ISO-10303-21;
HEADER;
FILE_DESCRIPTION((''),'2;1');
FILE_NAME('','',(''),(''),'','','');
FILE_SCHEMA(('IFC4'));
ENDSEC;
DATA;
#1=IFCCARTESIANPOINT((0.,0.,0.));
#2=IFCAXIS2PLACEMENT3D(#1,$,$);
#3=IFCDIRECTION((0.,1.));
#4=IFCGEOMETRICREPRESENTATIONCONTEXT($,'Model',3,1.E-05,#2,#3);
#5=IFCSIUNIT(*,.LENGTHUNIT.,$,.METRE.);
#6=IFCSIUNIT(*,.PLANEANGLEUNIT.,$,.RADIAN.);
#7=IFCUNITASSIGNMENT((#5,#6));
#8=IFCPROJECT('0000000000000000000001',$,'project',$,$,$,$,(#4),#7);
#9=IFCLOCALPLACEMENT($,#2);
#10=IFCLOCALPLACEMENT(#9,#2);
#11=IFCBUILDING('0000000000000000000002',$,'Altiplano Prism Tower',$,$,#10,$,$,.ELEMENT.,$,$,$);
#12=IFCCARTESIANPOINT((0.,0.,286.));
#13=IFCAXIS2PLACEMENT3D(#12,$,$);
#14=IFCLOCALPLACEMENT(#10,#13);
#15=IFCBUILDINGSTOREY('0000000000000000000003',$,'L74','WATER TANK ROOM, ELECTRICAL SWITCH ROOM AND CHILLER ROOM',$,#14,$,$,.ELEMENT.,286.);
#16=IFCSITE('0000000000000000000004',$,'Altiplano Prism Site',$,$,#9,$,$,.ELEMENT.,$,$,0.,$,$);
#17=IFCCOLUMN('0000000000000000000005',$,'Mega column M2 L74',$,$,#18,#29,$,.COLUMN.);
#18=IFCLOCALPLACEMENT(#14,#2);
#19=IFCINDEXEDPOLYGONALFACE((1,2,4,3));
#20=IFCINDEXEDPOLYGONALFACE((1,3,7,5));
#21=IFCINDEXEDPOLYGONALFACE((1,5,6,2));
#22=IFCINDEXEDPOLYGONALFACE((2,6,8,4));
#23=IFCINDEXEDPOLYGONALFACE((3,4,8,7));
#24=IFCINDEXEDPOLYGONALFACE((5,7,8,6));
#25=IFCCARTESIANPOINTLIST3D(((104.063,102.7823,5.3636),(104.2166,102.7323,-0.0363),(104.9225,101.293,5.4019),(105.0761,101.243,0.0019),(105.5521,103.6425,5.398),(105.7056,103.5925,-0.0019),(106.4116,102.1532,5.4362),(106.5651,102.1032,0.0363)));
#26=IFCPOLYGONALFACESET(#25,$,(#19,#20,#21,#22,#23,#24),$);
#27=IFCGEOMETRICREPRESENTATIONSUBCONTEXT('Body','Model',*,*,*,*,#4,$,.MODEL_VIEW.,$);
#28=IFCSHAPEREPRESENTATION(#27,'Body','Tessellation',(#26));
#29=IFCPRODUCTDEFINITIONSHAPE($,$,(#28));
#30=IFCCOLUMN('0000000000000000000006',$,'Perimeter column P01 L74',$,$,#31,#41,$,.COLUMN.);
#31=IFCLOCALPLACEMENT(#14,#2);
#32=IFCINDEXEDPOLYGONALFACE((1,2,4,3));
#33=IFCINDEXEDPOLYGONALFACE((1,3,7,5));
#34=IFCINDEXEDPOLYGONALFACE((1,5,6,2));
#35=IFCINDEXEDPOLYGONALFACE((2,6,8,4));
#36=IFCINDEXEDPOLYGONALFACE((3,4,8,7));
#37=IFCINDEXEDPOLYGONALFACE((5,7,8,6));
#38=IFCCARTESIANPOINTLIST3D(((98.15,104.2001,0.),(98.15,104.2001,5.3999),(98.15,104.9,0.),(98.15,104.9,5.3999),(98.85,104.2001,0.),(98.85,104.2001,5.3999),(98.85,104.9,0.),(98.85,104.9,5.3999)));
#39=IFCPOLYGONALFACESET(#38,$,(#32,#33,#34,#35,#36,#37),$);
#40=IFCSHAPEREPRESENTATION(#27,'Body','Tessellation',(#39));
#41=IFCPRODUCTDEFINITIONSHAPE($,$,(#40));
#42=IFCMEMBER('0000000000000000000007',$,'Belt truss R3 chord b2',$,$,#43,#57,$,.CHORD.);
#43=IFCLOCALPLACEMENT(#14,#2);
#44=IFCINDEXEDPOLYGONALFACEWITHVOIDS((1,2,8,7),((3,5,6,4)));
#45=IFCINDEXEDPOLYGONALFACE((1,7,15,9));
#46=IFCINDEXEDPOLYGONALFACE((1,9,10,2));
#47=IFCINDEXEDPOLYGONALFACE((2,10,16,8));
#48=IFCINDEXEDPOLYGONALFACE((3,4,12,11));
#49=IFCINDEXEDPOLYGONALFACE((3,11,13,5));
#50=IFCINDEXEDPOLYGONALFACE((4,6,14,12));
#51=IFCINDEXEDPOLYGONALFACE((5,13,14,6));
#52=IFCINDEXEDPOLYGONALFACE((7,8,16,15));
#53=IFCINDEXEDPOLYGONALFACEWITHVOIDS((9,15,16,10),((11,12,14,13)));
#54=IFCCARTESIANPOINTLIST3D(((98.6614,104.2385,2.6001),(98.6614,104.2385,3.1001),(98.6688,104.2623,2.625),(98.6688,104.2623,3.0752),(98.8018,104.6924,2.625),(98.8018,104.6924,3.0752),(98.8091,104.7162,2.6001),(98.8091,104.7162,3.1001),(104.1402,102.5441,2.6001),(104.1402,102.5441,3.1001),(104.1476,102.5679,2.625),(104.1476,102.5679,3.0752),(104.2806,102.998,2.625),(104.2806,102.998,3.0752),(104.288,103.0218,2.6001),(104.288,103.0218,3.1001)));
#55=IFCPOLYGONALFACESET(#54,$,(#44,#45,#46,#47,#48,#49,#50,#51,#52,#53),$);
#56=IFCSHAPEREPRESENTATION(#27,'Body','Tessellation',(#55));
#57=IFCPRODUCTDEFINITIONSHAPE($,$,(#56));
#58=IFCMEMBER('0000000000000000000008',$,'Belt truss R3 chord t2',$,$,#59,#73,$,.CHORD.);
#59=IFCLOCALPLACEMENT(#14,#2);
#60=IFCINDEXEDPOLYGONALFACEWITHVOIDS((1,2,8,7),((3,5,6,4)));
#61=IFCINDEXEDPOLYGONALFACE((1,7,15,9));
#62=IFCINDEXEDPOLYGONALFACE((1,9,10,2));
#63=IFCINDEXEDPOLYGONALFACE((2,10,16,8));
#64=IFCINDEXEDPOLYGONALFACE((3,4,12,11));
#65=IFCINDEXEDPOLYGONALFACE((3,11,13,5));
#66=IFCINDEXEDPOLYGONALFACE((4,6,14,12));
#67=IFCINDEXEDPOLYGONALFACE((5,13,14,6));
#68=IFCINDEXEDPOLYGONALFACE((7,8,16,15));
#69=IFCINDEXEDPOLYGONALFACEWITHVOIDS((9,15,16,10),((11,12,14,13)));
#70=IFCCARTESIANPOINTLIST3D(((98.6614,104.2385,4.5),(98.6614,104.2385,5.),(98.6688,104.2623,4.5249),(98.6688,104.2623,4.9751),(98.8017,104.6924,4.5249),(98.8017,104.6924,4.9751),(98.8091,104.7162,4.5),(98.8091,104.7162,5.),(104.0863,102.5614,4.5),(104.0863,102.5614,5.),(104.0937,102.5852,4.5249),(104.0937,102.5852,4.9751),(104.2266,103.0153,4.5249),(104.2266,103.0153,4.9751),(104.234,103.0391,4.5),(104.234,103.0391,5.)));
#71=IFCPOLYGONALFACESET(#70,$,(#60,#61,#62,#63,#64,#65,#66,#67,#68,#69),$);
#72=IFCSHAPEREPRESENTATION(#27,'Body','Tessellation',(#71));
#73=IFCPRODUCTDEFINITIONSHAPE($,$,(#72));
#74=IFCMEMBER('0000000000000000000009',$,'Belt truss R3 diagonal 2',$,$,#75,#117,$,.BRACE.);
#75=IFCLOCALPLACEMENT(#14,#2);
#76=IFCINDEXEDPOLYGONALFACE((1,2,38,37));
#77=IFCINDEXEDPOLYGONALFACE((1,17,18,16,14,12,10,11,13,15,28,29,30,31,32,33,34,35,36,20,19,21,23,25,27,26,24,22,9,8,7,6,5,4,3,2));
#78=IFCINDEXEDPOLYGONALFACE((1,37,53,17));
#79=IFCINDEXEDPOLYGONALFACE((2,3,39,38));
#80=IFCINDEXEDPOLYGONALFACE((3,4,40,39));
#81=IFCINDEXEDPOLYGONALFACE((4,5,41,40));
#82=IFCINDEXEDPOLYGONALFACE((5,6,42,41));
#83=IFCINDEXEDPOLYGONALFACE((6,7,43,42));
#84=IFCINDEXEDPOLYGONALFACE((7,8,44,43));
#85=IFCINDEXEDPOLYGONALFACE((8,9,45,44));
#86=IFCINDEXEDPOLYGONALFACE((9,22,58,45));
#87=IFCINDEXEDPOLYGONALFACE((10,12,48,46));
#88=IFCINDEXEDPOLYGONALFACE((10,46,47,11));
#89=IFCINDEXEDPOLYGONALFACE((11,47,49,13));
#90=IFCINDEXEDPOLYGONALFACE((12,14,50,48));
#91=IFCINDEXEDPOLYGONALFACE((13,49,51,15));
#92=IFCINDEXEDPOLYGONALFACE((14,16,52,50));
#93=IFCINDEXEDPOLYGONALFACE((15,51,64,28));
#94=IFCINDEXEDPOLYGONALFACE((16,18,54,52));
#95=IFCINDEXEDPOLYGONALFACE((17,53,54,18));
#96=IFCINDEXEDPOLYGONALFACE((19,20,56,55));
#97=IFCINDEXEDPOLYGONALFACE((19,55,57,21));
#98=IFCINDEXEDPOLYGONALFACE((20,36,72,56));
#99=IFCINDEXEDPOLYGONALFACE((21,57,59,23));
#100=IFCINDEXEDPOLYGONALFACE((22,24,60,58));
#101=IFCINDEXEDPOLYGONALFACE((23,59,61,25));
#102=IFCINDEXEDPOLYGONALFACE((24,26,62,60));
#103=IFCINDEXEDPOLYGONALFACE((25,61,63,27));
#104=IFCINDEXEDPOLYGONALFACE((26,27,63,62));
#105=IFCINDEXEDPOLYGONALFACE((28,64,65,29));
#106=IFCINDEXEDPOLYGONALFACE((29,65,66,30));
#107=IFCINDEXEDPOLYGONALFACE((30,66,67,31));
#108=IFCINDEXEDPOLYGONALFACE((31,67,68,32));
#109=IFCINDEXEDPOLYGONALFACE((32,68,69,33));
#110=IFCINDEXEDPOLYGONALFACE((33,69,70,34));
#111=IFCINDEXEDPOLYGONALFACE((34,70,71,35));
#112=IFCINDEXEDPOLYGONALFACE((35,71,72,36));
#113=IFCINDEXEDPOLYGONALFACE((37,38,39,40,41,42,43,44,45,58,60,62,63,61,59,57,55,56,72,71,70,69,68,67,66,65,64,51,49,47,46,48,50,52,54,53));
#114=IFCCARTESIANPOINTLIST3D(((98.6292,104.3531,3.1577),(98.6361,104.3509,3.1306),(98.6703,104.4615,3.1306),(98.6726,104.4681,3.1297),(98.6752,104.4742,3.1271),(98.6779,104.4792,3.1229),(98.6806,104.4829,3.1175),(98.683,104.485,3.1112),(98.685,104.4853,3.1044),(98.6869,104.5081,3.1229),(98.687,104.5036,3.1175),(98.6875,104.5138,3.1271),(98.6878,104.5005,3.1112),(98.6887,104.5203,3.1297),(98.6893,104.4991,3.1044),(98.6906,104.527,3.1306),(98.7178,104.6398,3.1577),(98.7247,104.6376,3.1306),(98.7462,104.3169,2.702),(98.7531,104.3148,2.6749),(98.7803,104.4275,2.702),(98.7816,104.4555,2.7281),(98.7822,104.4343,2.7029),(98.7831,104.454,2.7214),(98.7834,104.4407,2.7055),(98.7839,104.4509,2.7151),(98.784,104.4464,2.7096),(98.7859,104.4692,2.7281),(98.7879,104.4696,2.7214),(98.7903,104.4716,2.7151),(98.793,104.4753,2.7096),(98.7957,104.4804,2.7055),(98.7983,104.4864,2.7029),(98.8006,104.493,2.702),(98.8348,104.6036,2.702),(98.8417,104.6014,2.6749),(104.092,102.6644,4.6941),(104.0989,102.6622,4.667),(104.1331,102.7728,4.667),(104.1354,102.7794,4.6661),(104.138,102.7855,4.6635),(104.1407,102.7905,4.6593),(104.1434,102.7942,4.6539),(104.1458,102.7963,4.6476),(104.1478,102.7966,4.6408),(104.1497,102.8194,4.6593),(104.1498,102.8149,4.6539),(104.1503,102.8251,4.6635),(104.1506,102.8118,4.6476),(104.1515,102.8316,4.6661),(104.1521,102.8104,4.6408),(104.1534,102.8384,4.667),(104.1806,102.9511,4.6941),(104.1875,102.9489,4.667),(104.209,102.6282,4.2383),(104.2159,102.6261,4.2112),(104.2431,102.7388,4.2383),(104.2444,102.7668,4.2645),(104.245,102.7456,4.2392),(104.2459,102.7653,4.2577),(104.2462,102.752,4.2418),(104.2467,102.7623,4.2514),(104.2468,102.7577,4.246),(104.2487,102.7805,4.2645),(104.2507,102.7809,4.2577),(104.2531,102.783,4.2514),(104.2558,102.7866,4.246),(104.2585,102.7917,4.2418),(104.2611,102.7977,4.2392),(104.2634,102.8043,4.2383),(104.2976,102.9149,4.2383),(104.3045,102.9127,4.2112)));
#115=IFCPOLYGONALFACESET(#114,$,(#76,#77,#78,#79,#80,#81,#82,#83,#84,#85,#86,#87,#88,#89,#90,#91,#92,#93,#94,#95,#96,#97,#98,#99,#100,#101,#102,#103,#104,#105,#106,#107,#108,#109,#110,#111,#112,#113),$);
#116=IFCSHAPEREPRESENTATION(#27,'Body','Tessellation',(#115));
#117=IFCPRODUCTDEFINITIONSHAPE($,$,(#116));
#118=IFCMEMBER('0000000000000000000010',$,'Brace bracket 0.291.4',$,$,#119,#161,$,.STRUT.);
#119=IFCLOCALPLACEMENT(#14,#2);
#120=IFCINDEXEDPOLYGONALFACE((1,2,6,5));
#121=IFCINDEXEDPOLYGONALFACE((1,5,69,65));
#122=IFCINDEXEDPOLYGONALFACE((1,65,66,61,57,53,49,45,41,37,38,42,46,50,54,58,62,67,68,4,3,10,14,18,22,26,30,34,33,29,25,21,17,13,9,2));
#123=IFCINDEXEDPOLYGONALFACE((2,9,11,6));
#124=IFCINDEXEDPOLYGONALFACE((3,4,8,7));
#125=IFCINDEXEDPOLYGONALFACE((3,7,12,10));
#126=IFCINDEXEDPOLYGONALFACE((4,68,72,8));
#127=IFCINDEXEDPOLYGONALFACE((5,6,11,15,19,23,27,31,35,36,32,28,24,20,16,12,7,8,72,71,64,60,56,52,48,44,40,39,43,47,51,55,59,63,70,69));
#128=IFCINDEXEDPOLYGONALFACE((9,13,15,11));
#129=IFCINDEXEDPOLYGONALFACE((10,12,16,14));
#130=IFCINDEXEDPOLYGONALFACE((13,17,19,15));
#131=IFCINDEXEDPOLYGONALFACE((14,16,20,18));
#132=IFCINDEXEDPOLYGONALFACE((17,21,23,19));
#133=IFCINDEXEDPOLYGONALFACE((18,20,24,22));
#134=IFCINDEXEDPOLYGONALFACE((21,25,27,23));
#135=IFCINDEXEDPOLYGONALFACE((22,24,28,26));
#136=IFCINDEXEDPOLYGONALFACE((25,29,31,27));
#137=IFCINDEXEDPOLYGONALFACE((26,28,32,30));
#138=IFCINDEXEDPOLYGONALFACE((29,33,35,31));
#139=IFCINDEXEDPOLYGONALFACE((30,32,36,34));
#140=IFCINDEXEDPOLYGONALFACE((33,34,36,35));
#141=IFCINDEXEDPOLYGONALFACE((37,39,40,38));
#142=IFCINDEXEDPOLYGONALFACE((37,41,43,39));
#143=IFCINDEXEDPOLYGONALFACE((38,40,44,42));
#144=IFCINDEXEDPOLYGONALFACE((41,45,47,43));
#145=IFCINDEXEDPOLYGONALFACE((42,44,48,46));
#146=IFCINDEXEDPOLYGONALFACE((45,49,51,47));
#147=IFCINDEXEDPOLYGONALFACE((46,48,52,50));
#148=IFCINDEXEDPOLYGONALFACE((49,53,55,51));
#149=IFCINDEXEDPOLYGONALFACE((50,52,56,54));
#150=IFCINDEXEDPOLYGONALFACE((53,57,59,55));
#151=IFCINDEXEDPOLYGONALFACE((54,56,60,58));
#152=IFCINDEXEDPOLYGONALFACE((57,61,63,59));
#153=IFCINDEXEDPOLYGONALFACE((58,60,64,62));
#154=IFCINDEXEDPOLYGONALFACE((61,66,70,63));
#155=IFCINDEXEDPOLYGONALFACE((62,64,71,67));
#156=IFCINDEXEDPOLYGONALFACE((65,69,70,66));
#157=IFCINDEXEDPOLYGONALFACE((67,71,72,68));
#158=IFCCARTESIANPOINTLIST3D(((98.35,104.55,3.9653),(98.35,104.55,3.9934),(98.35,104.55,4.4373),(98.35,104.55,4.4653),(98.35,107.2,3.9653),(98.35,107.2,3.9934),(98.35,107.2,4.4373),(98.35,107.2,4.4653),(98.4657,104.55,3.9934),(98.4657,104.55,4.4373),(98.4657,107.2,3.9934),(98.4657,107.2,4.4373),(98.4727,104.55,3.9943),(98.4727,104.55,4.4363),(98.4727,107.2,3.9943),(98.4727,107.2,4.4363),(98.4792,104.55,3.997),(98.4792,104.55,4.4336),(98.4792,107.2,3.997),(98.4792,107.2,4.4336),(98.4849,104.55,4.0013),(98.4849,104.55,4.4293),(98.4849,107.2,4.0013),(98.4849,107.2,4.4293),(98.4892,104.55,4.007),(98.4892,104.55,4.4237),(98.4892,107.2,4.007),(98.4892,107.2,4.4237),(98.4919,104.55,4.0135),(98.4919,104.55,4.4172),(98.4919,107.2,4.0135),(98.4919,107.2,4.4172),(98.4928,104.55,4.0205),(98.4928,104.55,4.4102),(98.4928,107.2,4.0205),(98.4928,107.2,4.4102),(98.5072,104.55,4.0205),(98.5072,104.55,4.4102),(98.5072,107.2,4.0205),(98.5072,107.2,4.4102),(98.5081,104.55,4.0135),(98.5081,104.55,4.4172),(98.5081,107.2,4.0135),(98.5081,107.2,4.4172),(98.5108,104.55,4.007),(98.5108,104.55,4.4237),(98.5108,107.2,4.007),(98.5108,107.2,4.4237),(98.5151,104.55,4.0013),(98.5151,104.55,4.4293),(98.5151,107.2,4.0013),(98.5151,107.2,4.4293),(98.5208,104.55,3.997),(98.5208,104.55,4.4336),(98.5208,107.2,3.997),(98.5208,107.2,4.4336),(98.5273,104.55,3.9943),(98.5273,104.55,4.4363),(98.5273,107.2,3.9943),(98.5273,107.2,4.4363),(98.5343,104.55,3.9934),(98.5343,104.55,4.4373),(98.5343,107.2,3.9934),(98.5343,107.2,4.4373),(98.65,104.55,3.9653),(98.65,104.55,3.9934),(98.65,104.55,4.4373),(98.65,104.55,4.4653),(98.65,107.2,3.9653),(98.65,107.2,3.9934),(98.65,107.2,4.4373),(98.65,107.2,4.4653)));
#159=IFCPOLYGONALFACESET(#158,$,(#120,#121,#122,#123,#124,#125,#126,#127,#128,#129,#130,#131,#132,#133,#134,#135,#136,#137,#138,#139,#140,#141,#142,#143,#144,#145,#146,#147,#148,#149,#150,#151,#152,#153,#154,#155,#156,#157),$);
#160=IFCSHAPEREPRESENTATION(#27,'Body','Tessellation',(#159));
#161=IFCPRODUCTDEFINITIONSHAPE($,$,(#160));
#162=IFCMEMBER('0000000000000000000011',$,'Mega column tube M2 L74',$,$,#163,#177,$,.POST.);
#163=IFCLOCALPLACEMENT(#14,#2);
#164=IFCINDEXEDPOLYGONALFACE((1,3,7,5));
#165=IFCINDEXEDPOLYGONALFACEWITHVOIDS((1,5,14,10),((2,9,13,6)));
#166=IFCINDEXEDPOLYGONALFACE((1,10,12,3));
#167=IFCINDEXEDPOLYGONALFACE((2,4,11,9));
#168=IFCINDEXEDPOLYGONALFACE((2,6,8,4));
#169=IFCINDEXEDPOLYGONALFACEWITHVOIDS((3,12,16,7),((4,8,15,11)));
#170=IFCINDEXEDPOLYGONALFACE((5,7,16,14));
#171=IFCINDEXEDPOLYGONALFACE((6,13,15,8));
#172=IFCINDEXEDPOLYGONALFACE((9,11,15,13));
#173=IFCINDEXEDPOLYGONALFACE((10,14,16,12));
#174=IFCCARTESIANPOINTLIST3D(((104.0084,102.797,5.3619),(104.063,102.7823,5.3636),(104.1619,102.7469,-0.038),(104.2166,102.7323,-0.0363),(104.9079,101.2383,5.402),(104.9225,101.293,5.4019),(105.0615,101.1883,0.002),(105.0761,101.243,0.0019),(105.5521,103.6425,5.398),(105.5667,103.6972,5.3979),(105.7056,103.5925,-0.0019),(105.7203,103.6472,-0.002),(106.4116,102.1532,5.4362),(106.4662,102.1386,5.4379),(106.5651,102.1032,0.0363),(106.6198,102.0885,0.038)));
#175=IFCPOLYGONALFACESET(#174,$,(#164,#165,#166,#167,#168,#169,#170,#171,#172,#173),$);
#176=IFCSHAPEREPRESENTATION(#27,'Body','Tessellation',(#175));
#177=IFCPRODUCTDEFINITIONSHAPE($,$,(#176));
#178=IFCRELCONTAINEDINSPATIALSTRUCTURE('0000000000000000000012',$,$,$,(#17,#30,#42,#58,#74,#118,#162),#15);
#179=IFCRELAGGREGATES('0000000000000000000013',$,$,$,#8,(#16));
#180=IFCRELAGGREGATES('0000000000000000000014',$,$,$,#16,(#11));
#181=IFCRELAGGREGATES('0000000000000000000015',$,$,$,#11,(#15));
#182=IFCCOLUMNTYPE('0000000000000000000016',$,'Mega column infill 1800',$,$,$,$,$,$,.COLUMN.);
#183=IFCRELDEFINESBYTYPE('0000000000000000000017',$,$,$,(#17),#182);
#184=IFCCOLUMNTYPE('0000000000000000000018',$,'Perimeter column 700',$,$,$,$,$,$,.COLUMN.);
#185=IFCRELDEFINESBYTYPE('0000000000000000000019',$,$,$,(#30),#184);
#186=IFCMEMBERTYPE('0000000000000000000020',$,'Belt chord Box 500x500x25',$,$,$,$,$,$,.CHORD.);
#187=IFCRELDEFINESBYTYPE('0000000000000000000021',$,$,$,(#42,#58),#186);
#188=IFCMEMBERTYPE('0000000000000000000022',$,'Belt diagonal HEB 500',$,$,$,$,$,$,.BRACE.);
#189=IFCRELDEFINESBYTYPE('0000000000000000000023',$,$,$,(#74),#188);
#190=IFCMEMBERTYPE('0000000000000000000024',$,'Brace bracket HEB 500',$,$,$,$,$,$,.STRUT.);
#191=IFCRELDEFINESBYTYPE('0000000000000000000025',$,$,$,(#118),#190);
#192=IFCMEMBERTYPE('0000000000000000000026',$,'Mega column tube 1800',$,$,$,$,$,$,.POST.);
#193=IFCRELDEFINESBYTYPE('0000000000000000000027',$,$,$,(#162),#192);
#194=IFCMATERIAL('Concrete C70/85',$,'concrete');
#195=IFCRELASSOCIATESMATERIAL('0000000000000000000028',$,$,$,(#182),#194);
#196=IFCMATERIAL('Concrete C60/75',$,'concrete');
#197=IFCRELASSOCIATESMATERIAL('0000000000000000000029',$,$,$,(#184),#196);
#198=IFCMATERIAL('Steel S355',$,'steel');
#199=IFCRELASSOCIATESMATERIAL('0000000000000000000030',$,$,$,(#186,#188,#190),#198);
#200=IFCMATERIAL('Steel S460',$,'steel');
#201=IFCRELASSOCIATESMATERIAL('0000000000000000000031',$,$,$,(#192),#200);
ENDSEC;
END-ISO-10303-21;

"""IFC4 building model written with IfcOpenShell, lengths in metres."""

from ifc_helpers import new_model, si_unit, direction, frame, origin, origin_2d, place, context, subcontext, project, spatial, rectangle, hollow_rectangle, i_section, extrude, material, material_profile, profile_set, type_object, element, save


model = new_model("IFC4")

# Units and contexts
model_context = context("Model", 3, precision=1e-05, world=origin(), true_north=direction((0.0, 1.0)))
body_context = subcontext(model_context, "Body", "Model", "MODEL_VIEW")
ifc_project = project(units=[si_unit("LENGTHUNIT", "METRE"), si_unit("PLANEANGLEUNIT", "RADIAN")], contexts=[model_context])

# Site, building, storey
site_placement = place(None, origin())
site = spatial("IfcSite", under=ifc_project, at=site_placement, Name="Altiplano Prism Site", CompositionType="ELEMENT", RefElevation=0.0)
building_placement = place(site_placement, origin())
building = spatial("IfcBuilding", under=site, at=building_placement, Name="Altiplano Prism Tower", CompositionType="ELEMENT")
storey_placement = place(building_placement, frame((0.0, 0.0, 286.0)))
storey = spatial("IfcBuildingStorey", under=building, at=storey_placement, Name="L74", Description="WATER TANK ROOM, ELECTRICAL SWITCH ROOM AND CHILLER ROOM", CompositionType="ELEMENT", Elevation=286.0)

# Columns
ifc_material_1 = material(Name="Concrete C70/85", Category="concrete")
ifc_material_profile_1 = material_profile(ifc_material_1, rectangle(XDim=1.72, YDim=1.72, at=origin_2d()), Name="Mega column infill 1800")
ifc_profile_set_1 = profile_set([ifc_material_profile_1], Name="Concrete C70/85")
column_type_1 = type_object("IfcColumnType", Name="Mega column infill 1800", PredefinedType="COLUMN", material=ifc_profile_set_1)
column_1_placement = place(storey_placement, frame((105.3909, 102.4177, 0.0), z_axis=(-0.028426, 0.009264, 0.999553), x_axis=(0.499716, -0.865904, 0.022237)))
element("IfcColumn", 1, at=column_1_placement, inside=storey, type_object=column_type_1, Name="Mega column M2 L74", PredefinedType="COLUMN", context=body_context, shape_type="SweptSolid", body=[
    extrude(rectangle(XDim=1.72, YDim=1.72, at=origin_2d()), origin(), (0.0, 0.0, 1.0), 5.4023),
])
ifc_material_2 = material(Name="Concrete C60/75", Category="concrete")
ifc_material_profile_2 = material_profile(ifc_material_2, rectangle(XDim=0.7, YDim=0.7, at=origin_2d()), Name="Perimeter column 700")
ifc_profile_set_2 = profile_set([ifc_material_profile_2], Name="Concrete C60/75")
column_type_2 = type_object("IfcColumnType", Name="Perimeter column 700", PredefinedType="COLUMN", material=ifc_profile_set_2)
column_2_placement = place(storey_placement, frame((98.5, 104.55, 0.0), z_axis=(0.0, 0.0, 1.0), x_axis=(1.0, 0.0, 0.0)))
element("IfcColumn", 2, at=column_2_placement, inside=storey, type_object=column_type_2, Name="Perimeter column P01 L74", PredefinedType="COLUMN", context=body_context, shape_type="SweptSolid", body=[
    extrude(rectangle(XDim=0.7, YDim=0.7, at=origin_2d()), origin(), (0.0, 0.0, 1.0), 5.3999),
])

# Members
ifc_material_3 = material(Name="Steel S355", Category="steel")
ifc_material_profile_3 = material_profile(ifc_material_3, hollow_rectangle(XDim=0.5, YDim=0.5, WallThickness=0.0249, at=origin_2d()), Name="Belt chord Box 500x500x25")
ifc_profile_set_3 = profile_set([ifc_material_profile_3], Name="Steel S355")
member_type_1 = type_object("IfcMemberType", Name="Belt chord Box 500x500x25", PredefinedType="CHORD", material=ifc_profile_set_3)
member_1_placement = place(storey_placement, frame((104.2141, 102.783, 2.8501), z_axis=(-0.955358, 0.29545, 0.0), x_axis=(-0.29545, -0.955358, 0.0)))
element("IfcMember", 3, at=member_1_placement, inside=storey, type_object=member_type_1, Name="Belt truss R3 chord b2", PredefinedType="CHORD", context=body_context, shape_type="SweptSolid", body=[
    extrude(hollow_rectangle(XDim=0.5, YDim=0.5, WallThickness=0.0249, at=origin_2d()), origin(), (0.0, 0.0, 1.0), 5.7349),
])
member_2_placement = place(storey_placement, frame((104.1602, 102.8003, 4.75), z_axis=(-0.955391, 0.295346, 0.0), x_axis=(-0.295346, -0.955391, 0.0)))
element("IfcMember", 4, at=member_2_placement, inside=storey, type_object=member_type_1, Name="Belt truss R3 chord t2", PredefinedType="CHORD", context=body_context, shape_type="SweptSolid", body=[
    extrude(hollow_rectangle(XDim=0.5, YDim=0.5, WallThickness=0.0249, at=origin_2d()), origin(), (0.0, 0.0, 1.0), 5.6782),
])
ifc_material_profile_4 = material_profile(ifc_material_3, i_section(OverallWidth=0.3, OverallDepth=0.5, WebThickness=0.0144, FlangeThickness=0.0281, FilletRadius=0.0271, at=origin_2d()), Name="Belt diagonal HEB 500")
ifc_profile_set_4 = profile_set([ifc_material_profile_4], Name="Steel S355")
member_type_2 = type_object("IfcMemberType", Name="Belt diagonal HEB 500", PredefinedType="BRACE", material=ifc_profile_set_4)
member_3_placement = place(storey_placement, frame((104.1982, 102.7886, 4.4526), z_axis=(-0.922667, 0.28522, -0.25949), x_axis=(-0.295337, -0.955393, 0.0)))
element("IfcMember", 5, at=member_3_placement, inside=storey, type_object=member_type_2, Name="Belt truss R3 diagonal 2", PredefinedType="BRACE", context=body_context, shape_type="SweptSolid", body=[
    extrude(i_section(OverallWidth=0.3, OverallDepth=0.5, WebThickness=0.0144, FlangeThickness=0.0281, FilletRadius=0.0271, at=origin_2d()), origin(), (0.0, 0.0, 1.0), 5.9207),
])
ifc_material_profile_5 = material_profile(ifc_material_3, i_section(OverallWidth=0.3, OverallDepth=0.5, WebThickness=0.0144, FlangeThickness=0.0281, FilletRadius=0.0271, at=origin_2d()), Name="Brace bracket HEB 500")
ifc_profile_set_5 = profile_set([ifc_material_profile_5], Name="Steel S355")
member_type_3 = type_object("IfcMemberType", Name="Brace bracket HEB 500", PredefinedType="STRUT", material=ifc_profile_set_5)
member_4_placement = place(storey_placement, frame((98.5, 104.55, 4.2153), z_axis=(0.0, 1.0, 0.0), x_axis=(-1.0, 0.0, 0.0)))
element("IfcMember", 6, at=member_4_placement, inside=storey, type_object=member_type_3, Name="Brace bracket 0.291.4", PredefinedType="STRUT", context=body_context, shape_type="SweptSolid", body=[
    extrude(i_section(OverallWidth=0.3, OverallDepth=0.5, WebThickness=0.0144, FlangeThickness=0.0281, FilletRadius=0.0271, at=origin_2d()), origin(), (0.0, 0.0, 1.0), 2.6499),
])
ifc_material_4 = material(Name="Steel S460", Category="steel")
ifc_material_profile_6 = material_profile(ifc_material_4, hollow_rectangle(XDim=1.8, YDim=1.8, WallThickness=0.04, at=origin_2d()), Name="Mega column tube 1800")
ifc_profile_set_6 = profile_set([ifc_material_profile_6], Name="Steel S460")
member_type_4 = type_object("IfcMemberType", Name="Mega column tube 1800", PredefinedType="POST", material=ifc_profile_set_6)
member_5_placement = place(storey_placement, frame((105.3909, 102.4177, 0.0), z_axis=(-0.028426, 0.009264, 0.999553), x_axis=(0.499716, -0.865904, 0.022237)))
element("IfcMember", 7, at=member_5_placement, inside=storey, type_object=member_type_4, Name="Mega column tube M2 L74", PredefinedType="POST", context=body_context, shape_type="SweptSolid", body=[
    extrude(hollow_rectangle(XDim=1.8, YDim=1.8, WallThickness=0.04, at=origin_2d()), origin(), (0.0, 0.0, 1.0), 5.4023),
])

save(model, "model.ifc")
